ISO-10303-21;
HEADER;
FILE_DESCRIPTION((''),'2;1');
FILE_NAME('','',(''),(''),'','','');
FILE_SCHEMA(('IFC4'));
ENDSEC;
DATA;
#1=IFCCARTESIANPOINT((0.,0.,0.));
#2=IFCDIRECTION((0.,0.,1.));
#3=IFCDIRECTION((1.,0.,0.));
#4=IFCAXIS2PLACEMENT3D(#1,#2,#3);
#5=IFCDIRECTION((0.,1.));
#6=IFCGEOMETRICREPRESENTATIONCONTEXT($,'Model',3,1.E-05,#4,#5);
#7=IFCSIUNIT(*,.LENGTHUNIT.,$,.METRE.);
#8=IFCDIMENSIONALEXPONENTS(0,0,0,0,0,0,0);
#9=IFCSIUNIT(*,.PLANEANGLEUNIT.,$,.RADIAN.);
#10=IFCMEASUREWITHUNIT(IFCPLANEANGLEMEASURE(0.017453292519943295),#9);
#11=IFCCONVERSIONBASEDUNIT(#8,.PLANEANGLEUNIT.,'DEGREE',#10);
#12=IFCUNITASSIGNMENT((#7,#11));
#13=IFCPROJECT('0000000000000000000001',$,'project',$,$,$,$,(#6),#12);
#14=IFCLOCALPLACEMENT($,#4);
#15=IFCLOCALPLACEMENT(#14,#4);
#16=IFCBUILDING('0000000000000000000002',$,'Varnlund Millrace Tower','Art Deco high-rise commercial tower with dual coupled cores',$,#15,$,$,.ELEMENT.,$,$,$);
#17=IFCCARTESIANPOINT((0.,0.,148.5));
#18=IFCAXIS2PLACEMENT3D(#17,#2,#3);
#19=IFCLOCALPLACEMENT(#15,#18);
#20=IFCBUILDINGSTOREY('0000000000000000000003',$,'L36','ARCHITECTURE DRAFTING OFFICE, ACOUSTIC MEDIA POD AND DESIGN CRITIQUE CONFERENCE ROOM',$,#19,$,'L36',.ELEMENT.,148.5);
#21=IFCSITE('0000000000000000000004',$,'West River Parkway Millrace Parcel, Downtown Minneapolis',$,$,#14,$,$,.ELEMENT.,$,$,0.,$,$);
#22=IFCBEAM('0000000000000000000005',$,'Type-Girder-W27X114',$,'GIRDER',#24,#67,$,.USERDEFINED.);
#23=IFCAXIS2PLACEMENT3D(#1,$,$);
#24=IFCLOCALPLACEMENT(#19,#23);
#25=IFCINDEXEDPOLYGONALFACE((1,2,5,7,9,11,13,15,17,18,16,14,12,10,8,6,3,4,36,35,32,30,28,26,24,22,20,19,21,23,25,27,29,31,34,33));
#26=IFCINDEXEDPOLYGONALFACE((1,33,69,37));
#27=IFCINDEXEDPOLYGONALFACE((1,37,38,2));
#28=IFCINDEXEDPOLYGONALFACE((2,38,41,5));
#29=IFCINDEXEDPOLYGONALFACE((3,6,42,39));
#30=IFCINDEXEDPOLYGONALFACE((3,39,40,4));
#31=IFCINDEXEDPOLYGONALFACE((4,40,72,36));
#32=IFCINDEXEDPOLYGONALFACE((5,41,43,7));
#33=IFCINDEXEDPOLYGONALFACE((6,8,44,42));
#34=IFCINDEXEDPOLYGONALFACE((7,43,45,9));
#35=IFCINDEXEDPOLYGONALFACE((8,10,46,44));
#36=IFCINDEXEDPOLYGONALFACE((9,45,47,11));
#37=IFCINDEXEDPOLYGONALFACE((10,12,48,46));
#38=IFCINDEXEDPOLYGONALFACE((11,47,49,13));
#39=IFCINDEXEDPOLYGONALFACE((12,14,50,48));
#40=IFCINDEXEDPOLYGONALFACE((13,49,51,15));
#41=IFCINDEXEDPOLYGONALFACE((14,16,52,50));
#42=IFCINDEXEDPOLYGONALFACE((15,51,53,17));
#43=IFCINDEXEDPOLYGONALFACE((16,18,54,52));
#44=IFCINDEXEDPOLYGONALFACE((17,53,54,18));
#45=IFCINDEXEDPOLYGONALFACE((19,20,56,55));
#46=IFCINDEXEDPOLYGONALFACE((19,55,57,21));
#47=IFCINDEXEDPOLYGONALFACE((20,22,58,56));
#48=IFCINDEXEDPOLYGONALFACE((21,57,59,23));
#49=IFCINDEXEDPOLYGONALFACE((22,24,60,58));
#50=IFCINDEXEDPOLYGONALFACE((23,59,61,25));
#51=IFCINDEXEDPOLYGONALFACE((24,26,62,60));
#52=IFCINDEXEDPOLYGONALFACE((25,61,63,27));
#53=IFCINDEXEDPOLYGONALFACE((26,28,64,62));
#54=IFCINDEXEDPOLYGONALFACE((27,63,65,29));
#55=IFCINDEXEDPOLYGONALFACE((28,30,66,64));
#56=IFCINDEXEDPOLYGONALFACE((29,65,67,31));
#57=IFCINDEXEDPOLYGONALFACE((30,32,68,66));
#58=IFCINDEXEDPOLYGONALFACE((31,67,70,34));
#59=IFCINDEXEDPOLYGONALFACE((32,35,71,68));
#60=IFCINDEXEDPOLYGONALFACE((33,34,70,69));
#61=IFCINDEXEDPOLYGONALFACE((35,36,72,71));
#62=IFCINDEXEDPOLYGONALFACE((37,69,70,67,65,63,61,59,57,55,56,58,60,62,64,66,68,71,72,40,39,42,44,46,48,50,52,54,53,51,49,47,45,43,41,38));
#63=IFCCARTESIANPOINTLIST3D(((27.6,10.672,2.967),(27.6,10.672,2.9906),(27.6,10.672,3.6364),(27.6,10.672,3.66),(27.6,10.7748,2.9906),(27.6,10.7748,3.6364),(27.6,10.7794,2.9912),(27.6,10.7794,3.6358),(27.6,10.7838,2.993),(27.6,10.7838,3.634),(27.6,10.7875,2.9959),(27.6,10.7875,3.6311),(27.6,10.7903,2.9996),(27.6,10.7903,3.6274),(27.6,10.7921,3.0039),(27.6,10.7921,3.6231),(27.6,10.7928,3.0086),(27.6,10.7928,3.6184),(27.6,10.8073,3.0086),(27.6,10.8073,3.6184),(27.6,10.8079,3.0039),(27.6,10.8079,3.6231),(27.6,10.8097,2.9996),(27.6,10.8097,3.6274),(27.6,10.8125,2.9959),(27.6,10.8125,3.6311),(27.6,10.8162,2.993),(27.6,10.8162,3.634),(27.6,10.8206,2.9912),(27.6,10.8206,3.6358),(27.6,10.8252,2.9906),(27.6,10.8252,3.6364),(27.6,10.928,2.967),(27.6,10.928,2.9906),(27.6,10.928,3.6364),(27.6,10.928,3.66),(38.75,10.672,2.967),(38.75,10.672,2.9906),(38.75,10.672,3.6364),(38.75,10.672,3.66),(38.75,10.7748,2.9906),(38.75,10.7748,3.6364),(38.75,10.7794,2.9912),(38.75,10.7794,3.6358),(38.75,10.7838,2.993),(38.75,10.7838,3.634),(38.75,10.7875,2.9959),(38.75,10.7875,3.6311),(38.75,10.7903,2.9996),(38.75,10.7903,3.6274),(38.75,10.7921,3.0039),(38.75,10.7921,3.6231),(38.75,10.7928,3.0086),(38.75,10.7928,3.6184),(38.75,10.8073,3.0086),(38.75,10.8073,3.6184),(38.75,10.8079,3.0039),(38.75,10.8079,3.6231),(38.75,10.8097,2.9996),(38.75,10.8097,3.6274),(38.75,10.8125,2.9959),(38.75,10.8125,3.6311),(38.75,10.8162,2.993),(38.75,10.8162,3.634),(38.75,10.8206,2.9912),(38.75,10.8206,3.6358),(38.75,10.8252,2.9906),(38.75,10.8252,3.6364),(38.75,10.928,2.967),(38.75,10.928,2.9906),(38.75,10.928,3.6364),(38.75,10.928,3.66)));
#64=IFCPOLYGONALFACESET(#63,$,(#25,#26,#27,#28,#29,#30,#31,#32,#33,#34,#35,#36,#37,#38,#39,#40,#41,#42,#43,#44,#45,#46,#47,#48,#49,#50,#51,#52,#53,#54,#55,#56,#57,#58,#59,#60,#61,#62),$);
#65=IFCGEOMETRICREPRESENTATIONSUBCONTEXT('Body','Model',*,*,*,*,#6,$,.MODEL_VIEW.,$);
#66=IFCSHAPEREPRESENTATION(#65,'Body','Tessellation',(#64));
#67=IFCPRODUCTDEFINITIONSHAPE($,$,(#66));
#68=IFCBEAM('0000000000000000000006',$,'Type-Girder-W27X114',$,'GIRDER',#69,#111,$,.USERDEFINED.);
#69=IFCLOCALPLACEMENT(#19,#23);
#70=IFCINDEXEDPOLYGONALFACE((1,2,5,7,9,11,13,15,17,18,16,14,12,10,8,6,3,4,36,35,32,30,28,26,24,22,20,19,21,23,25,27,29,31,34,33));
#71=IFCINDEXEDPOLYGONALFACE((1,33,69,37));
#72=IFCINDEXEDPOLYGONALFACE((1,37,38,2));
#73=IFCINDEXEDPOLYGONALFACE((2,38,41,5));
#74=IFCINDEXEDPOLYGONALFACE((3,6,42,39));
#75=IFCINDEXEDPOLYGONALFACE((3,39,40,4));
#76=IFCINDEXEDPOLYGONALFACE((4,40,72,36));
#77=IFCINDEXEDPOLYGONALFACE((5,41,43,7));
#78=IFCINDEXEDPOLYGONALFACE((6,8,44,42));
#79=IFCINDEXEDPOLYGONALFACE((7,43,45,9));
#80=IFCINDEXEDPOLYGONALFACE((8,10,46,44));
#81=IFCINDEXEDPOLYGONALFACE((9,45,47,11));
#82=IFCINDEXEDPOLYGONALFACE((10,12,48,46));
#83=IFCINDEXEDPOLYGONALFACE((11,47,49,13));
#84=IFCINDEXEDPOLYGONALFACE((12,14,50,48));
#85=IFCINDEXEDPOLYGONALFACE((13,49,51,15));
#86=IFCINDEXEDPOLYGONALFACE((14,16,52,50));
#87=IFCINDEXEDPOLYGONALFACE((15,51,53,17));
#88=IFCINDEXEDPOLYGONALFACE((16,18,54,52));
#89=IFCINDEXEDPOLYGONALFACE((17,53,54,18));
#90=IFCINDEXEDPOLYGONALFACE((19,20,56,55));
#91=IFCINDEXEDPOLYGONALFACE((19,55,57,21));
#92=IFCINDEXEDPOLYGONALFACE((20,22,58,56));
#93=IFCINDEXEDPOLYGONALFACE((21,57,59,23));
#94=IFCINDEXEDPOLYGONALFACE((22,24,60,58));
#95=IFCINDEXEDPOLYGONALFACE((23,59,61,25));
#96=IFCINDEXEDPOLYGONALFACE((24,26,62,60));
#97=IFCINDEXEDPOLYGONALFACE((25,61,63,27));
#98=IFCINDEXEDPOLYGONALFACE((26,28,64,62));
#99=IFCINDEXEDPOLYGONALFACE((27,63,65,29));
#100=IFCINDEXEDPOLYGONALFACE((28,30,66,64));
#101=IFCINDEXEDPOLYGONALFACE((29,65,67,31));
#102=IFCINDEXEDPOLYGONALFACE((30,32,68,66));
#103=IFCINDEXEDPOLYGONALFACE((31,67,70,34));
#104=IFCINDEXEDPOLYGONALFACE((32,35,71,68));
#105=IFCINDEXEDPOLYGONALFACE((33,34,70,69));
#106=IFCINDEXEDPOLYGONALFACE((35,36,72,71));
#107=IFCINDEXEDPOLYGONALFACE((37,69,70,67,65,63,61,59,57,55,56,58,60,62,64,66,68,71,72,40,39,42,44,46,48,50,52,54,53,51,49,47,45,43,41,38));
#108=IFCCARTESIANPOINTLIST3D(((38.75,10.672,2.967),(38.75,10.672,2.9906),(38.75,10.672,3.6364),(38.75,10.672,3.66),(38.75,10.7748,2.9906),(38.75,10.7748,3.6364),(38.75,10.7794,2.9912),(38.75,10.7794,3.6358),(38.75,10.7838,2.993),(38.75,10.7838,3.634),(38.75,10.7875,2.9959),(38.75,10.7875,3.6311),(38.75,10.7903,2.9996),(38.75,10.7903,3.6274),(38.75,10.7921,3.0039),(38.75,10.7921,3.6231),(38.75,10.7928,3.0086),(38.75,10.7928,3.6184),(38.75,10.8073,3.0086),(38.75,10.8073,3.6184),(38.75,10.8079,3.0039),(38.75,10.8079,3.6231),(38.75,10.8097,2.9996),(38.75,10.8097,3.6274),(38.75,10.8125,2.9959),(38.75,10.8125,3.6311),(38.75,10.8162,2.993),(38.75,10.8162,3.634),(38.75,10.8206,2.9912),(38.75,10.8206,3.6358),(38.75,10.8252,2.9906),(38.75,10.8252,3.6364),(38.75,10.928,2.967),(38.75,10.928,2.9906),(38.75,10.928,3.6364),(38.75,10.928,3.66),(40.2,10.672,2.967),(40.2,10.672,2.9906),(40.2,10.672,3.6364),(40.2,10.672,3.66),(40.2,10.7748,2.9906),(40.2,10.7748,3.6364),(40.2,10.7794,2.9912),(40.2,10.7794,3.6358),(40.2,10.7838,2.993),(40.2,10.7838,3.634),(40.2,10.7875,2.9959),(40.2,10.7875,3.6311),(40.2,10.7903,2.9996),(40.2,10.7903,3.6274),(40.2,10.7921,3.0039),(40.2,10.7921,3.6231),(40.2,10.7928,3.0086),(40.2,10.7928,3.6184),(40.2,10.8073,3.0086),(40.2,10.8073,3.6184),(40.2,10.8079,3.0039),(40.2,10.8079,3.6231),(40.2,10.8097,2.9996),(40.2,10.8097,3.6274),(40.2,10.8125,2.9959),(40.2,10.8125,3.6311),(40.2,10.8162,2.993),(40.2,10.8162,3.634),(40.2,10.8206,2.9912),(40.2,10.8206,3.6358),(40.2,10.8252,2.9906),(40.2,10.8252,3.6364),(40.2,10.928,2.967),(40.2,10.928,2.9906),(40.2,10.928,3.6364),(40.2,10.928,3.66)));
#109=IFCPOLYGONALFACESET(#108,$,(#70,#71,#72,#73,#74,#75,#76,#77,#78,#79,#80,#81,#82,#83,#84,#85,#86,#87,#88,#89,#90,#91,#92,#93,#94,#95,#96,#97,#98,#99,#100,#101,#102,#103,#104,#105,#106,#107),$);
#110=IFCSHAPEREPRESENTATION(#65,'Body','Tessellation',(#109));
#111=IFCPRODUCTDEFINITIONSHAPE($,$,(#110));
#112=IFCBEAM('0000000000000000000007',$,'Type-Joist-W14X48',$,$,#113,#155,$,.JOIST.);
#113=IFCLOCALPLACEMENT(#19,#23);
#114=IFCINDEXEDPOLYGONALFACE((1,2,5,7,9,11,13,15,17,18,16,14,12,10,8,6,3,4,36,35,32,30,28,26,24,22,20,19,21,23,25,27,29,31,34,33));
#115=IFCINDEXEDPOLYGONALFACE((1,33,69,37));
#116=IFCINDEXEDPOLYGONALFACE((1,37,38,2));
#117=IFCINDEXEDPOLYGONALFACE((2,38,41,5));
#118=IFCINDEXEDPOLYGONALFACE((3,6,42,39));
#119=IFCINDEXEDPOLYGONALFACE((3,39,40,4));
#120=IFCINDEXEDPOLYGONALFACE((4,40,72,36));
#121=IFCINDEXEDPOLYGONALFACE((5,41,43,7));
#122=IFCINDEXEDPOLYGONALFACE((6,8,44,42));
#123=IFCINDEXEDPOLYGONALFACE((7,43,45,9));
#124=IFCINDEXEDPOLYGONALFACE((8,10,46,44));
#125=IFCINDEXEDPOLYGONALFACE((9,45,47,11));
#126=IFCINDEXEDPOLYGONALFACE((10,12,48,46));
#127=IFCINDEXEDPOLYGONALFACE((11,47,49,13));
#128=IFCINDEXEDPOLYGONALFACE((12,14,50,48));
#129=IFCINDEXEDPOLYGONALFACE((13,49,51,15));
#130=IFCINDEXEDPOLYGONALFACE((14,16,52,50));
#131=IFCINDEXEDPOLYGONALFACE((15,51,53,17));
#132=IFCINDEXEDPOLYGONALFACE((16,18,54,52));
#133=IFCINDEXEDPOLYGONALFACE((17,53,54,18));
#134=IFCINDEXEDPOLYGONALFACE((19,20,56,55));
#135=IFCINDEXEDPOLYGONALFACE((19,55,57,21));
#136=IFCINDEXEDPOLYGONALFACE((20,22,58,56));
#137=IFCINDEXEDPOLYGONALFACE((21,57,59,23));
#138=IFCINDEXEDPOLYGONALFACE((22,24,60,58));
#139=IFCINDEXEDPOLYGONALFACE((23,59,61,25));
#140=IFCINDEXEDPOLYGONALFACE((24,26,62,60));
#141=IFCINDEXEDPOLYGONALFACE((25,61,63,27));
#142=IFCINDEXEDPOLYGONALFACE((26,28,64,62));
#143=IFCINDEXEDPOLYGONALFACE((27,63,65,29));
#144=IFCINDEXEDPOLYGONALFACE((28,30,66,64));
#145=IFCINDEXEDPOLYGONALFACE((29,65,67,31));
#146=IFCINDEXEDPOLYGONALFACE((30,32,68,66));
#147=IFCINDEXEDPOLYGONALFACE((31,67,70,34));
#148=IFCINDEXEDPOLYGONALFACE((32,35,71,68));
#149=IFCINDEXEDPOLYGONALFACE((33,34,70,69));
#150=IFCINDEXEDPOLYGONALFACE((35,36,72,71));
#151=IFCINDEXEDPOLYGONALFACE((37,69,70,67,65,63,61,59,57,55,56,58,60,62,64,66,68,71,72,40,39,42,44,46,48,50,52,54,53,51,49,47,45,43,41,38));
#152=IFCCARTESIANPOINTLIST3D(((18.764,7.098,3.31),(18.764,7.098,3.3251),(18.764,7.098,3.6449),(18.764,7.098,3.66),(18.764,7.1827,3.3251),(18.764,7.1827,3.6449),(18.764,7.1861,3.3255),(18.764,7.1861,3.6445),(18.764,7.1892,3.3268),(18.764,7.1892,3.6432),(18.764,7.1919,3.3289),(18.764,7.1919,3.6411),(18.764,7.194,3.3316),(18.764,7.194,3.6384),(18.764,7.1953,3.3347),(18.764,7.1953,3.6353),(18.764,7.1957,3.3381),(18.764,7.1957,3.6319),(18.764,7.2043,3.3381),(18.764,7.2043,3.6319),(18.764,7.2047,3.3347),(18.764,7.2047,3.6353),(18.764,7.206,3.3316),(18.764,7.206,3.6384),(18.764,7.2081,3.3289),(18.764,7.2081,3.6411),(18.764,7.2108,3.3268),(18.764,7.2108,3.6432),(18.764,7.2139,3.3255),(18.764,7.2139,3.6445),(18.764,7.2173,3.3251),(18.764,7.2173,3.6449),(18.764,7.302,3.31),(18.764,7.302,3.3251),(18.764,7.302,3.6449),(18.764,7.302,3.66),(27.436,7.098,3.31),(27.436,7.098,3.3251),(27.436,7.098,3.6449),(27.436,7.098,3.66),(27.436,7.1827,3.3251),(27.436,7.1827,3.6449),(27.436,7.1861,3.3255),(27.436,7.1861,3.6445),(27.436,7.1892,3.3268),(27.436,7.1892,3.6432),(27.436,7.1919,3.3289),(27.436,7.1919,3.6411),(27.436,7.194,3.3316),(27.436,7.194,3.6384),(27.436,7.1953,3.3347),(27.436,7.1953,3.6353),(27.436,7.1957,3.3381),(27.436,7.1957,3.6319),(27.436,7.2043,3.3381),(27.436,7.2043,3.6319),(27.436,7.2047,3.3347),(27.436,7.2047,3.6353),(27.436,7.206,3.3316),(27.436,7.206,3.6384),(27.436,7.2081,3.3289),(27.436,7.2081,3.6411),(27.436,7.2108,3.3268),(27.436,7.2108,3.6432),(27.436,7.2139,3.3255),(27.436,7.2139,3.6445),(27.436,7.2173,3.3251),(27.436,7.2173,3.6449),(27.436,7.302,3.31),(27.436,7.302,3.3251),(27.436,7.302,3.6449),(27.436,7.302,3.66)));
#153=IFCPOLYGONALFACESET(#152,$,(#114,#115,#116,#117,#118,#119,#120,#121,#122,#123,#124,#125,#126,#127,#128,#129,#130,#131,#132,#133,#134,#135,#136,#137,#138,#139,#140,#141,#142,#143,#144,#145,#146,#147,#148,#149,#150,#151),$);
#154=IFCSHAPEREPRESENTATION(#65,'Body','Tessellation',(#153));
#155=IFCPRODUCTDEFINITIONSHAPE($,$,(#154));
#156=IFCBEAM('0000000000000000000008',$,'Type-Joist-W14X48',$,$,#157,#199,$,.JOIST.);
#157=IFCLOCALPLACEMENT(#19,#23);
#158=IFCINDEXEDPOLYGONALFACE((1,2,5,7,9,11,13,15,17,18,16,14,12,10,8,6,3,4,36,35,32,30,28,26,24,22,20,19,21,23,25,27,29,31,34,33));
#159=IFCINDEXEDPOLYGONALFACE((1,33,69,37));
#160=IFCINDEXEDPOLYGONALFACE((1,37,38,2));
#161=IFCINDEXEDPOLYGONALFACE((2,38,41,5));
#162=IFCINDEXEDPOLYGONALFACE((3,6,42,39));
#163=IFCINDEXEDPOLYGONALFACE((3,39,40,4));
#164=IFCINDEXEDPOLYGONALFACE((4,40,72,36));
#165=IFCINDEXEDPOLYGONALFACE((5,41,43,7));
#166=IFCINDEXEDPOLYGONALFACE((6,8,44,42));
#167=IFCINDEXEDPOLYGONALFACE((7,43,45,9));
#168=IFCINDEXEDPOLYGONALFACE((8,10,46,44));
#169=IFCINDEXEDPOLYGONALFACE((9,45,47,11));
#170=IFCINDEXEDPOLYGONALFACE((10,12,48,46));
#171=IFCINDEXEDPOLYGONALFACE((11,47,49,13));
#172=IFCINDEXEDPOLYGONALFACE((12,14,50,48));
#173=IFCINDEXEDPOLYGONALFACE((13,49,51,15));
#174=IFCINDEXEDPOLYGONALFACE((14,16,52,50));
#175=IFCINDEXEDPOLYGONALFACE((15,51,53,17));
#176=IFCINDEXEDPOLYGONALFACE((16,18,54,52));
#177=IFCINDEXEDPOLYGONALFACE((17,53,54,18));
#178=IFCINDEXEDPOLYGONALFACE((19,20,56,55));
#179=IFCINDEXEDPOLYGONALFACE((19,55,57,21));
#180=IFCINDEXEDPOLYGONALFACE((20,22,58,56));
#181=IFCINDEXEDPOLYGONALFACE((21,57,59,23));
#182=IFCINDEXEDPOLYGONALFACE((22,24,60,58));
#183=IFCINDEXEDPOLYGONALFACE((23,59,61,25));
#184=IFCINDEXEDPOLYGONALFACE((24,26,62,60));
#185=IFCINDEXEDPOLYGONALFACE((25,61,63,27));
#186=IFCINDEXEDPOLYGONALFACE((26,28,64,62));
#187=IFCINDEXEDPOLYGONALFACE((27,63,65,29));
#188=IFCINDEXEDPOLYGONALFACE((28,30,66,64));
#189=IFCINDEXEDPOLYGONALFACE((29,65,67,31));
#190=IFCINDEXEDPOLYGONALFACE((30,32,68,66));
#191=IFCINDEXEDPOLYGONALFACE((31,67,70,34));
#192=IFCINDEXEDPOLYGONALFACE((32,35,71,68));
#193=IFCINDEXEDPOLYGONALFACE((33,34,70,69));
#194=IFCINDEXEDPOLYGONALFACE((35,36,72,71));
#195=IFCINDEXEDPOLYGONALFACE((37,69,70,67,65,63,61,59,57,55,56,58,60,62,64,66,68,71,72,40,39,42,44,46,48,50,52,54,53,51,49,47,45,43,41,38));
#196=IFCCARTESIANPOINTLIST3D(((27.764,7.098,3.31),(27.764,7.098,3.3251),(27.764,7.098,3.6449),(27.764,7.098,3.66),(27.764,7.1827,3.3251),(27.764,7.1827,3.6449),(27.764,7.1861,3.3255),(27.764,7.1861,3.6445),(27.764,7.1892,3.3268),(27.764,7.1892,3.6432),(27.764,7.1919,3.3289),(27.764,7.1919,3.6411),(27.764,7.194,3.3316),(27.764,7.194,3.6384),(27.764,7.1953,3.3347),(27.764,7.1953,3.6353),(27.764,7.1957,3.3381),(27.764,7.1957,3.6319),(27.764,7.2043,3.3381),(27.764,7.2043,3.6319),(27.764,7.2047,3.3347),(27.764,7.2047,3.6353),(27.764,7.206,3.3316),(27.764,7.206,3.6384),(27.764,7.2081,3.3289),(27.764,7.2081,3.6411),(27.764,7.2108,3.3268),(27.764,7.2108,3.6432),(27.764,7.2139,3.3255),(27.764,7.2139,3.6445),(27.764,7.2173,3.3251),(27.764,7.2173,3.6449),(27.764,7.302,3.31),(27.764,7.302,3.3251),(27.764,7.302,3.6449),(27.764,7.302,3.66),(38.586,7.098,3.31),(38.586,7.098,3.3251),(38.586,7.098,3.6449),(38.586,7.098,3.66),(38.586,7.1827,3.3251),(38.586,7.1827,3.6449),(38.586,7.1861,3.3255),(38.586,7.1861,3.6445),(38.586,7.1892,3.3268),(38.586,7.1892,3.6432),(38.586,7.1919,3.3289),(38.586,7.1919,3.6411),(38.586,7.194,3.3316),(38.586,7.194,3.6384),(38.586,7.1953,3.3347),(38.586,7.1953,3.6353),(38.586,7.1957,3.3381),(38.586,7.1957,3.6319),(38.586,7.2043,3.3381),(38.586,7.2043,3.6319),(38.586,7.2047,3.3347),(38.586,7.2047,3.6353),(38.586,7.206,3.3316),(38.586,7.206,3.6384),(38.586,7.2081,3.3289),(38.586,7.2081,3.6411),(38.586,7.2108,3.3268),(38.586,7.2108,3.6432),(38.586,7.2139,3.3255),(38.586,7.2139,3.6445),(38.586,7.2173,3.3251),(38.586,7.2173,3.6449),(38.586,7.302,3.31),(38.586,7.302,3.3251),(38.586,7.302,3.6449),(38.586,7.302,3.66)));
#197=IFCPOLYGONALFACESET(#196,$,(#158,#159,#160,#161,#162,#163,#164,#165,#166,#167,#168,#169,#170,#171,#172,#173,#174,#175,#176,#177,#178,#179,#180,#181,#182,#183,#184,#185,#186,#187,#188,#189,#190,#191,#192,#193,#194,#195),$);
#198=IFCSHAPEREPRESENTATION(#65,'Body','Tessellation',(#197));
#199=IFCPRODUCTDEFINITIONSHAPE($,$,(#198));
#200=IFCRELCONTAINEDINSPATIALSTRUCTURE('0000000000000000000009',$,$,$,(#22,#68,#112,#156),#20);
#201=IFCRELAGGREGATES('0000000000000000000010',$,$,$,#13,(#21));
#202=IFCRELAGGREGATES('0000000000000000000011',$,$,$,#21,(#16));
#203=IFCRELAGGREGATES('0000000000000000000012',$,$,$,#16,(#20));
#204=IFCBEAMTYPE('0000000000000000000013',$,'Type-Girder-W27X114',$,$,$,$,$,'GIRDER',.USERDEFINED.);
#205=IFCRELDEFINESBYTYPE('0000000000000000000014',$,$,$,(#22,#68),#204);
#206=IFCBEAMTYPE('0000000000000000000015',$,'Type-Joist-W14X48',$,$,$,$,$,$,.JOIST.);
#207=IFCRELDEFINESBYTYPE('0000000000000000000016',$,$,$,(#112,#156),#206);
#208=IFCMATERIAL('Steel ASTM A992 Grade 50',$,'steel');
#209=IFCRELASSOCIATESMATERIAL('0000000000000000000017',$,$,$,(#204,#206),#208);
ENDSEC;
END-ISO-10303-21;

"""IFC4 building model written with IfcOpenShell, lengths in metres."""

from ifc_helpers import new_model, entity, si_unit, converted_unit, direction, frame, origin_with_axes, origin_2d_with_axis, place, context, subcontext, project, spatial, i_section, extrude, material, material_profile, profile_set, type_object, element, save


model = new_model("IFC4")

# Units and contexts
model_context = context("Model", 3, precision=1e-05, world=origin_with_axes(), true_north=direction((0.0, 1.0)))
body_context = subcontext(model_context, "Body", "Model", "MODEL_VIEW")
ifc_project = project(units=[si_unit("LENGTHUNIT", "METRE"), converted_unit("PLANEANGLEUNIT", "DEGREE", entity("IfcPlaneAngleMeasure", 0.017453292519943295), si_unit("PLANEANGLEUNIT", "RADIAN"), dimensions=[0, 0, 0, 0, 0, 0, 0])], contexts=[model_context])

# Site, building, storey
site_placement = place(None, origin_with_axes())
site = spatial("IfcSite", under=ifc_project, at=site_placement, Name="West River Parkway Millrace Parcel, Downtown Minneapolis", CompositionType="ELEMENT", RefElevation=0.0)
building_placement = place(site_placement, origin_with_axes())
building = spatial("IfcBuilding", under=site, at=building_placement, Name="Varnlund Millrace Tower", Description="Art Deco high-rise commercial tower with dual coupled cores", CompositionType="ELEMENT")
storey_placement = place(building_placement, frame((0.0, 0.0, 148.5), z_axis=(0.0, 0.0, 1.0), x_axis=(1.0, 0.0, 0.0)))
storey = spatial("IfcBuildingStorey", under=building, at=storey_placement, Name="L36", Description="ARCHITECTURE DRAFTING OFFICE, ACOUSTIC MEDIA POD AND DESIGN CRITIQUE CONFERENCE ROOM", LongName="L36", CompositionType="ELEMENT", Elevation=148.5)

# Beams
ifc_material_1 = material(Name="Steel ASTM A992 Grade 50", Category="steel")
ifc_material_profile_1 = material_profile(ifc_material_1, i_section(OverallWidth=0.256, OverallDepth=0.693, WebThickness=0.0145, FlangeThickness=0.0236, FilletRadius=0.018, at=origin_2d_with_axis()), Name="Steel ASTM A992 Grade 50")
ifc_profile_set_1 = profile_set([ifc_material_profile_1], Name="Steel ASTM A992 Grade 50")
beam_type_1 = type_object("IfcBeamType", Name="Type-Girder-W27X114", ElementType="GIRDER", PredefinedType="USERDEFINED", material=ifc_profile_set_1)
beam_1_placement = place(storey_placement, frame((27.6, 10.8, 3.3135), z_axis=(1.0, 0.0, 0.0), x_axis=(0.0, 1.0, 0.0)))
element("IfcBeam", 1, at=beam_1_placement, inside=storey, type_object=beam_type_1, Name="Type-Girder-W27X114", ObjectType="GIRDER", PredefinedType="USERDEFINED", context=body_context, shape_type="SweptSolid", body=[
    extrude(i_section(OverallWidth=0.256, OverallDepth=0.693, WebThickness=0.0145, FlangeThickness=0.0236, FilletRadius=0.018, at=origin_2d_with_axis()), origin_with_axes(), (0.0, 0.0, 1.0), 11.15),
])
beam_2_placement = place(storey_placement, frame((38.75, 10.8, 3.3135), z_axis=(1.0, 0.0, 0.0), x_axis=(0.0, 1.0, 0.0)))
element("IfcBeam", 2, at=beam_2_placement, inside=storey, type_object=beam_type_1, Name="Type-Girder-W27X114", ObjectType="GIRDER", PredefinedType="USERDEFINED", context=body_context, shape_type="SweptSolid", body=[
    extrude(i_section(OverallWidth=0.256, OverallDepth=0.693, WebThickness=0.0145, FlangeThickness=0.0236, FilletRadius=0.018, at=origin_2d_with_axis()), origin_with_axes(), (0.0, 0.0, 1.0), 1.45),
])
ifc_material_profile_2 = material_profile(ifc_material_1, i_section(OverallWidth=0.204, OverallDepth=0.35, WebThickness=0.0086, FlangeThickness=0.0151, FilletRadius=0.013, at=origin_2d_with_axis()), Name="Steel ASTM A992 Grade 50")
ifc_profile_set_2 = profile_set([ifc_material_profile_2], Name="Steel ASTM A992 Grade 50")
beam_type_2 = type_object("IfcBeamType", Name="Type-Joist-W14X48", PredefinedType="JOIST", material=ifc_profile_set_2)
beam_3_placement = place(storey_placement, frame((18.764, 7.2, 3.485), z_axis=(1.0, 0.0, 0.0), x_axis=(0.0, 1.0, 0.0)))
element("IfcBeam", 3, at=beam_3_placement, inside=storey, type_object=beam_type_2, Name="Type-Joist-W14X48", PredefinedType="JOIST", context=body_context, shape_type="SweptSolid", body=[
    extrude(i_section(OverallWidth=0.204, OverallDepth=0.35, WebThickness=0.0086, FlangeThickness=0.0151, FilletRadius=0.013, at=origin_2d_with_axis()), origin_with_axes(), (0.0, 0.0, 1.0), 8.672),
])
beam_4_placement = place(storey_placement, frame((27.764, 7.2, 3.485), z_axis=(1.0, 0.0, 0.0), x_axis=(0.0, 1.0, 0.0)))
element("IfcBeam", 4, at=beam_4_placement, inside=storey, type_object=beam_type_2, Name="Type-Joist-W14X48", PredefinedType="JOIST", context=body_context, shape_type="SweptSolid", body=[
    extrude(i_section(OverallWidth=0.204, OverallDepth=0.35, WebThickness=0.0086, FlangeThickness=0.0151, FilletRadius=0.013, at=origin_2d_with_axis()), origin_with_axes(), (0.0, 0.0, 1.0), 10.822),
])

save(model, "model.ifc")
